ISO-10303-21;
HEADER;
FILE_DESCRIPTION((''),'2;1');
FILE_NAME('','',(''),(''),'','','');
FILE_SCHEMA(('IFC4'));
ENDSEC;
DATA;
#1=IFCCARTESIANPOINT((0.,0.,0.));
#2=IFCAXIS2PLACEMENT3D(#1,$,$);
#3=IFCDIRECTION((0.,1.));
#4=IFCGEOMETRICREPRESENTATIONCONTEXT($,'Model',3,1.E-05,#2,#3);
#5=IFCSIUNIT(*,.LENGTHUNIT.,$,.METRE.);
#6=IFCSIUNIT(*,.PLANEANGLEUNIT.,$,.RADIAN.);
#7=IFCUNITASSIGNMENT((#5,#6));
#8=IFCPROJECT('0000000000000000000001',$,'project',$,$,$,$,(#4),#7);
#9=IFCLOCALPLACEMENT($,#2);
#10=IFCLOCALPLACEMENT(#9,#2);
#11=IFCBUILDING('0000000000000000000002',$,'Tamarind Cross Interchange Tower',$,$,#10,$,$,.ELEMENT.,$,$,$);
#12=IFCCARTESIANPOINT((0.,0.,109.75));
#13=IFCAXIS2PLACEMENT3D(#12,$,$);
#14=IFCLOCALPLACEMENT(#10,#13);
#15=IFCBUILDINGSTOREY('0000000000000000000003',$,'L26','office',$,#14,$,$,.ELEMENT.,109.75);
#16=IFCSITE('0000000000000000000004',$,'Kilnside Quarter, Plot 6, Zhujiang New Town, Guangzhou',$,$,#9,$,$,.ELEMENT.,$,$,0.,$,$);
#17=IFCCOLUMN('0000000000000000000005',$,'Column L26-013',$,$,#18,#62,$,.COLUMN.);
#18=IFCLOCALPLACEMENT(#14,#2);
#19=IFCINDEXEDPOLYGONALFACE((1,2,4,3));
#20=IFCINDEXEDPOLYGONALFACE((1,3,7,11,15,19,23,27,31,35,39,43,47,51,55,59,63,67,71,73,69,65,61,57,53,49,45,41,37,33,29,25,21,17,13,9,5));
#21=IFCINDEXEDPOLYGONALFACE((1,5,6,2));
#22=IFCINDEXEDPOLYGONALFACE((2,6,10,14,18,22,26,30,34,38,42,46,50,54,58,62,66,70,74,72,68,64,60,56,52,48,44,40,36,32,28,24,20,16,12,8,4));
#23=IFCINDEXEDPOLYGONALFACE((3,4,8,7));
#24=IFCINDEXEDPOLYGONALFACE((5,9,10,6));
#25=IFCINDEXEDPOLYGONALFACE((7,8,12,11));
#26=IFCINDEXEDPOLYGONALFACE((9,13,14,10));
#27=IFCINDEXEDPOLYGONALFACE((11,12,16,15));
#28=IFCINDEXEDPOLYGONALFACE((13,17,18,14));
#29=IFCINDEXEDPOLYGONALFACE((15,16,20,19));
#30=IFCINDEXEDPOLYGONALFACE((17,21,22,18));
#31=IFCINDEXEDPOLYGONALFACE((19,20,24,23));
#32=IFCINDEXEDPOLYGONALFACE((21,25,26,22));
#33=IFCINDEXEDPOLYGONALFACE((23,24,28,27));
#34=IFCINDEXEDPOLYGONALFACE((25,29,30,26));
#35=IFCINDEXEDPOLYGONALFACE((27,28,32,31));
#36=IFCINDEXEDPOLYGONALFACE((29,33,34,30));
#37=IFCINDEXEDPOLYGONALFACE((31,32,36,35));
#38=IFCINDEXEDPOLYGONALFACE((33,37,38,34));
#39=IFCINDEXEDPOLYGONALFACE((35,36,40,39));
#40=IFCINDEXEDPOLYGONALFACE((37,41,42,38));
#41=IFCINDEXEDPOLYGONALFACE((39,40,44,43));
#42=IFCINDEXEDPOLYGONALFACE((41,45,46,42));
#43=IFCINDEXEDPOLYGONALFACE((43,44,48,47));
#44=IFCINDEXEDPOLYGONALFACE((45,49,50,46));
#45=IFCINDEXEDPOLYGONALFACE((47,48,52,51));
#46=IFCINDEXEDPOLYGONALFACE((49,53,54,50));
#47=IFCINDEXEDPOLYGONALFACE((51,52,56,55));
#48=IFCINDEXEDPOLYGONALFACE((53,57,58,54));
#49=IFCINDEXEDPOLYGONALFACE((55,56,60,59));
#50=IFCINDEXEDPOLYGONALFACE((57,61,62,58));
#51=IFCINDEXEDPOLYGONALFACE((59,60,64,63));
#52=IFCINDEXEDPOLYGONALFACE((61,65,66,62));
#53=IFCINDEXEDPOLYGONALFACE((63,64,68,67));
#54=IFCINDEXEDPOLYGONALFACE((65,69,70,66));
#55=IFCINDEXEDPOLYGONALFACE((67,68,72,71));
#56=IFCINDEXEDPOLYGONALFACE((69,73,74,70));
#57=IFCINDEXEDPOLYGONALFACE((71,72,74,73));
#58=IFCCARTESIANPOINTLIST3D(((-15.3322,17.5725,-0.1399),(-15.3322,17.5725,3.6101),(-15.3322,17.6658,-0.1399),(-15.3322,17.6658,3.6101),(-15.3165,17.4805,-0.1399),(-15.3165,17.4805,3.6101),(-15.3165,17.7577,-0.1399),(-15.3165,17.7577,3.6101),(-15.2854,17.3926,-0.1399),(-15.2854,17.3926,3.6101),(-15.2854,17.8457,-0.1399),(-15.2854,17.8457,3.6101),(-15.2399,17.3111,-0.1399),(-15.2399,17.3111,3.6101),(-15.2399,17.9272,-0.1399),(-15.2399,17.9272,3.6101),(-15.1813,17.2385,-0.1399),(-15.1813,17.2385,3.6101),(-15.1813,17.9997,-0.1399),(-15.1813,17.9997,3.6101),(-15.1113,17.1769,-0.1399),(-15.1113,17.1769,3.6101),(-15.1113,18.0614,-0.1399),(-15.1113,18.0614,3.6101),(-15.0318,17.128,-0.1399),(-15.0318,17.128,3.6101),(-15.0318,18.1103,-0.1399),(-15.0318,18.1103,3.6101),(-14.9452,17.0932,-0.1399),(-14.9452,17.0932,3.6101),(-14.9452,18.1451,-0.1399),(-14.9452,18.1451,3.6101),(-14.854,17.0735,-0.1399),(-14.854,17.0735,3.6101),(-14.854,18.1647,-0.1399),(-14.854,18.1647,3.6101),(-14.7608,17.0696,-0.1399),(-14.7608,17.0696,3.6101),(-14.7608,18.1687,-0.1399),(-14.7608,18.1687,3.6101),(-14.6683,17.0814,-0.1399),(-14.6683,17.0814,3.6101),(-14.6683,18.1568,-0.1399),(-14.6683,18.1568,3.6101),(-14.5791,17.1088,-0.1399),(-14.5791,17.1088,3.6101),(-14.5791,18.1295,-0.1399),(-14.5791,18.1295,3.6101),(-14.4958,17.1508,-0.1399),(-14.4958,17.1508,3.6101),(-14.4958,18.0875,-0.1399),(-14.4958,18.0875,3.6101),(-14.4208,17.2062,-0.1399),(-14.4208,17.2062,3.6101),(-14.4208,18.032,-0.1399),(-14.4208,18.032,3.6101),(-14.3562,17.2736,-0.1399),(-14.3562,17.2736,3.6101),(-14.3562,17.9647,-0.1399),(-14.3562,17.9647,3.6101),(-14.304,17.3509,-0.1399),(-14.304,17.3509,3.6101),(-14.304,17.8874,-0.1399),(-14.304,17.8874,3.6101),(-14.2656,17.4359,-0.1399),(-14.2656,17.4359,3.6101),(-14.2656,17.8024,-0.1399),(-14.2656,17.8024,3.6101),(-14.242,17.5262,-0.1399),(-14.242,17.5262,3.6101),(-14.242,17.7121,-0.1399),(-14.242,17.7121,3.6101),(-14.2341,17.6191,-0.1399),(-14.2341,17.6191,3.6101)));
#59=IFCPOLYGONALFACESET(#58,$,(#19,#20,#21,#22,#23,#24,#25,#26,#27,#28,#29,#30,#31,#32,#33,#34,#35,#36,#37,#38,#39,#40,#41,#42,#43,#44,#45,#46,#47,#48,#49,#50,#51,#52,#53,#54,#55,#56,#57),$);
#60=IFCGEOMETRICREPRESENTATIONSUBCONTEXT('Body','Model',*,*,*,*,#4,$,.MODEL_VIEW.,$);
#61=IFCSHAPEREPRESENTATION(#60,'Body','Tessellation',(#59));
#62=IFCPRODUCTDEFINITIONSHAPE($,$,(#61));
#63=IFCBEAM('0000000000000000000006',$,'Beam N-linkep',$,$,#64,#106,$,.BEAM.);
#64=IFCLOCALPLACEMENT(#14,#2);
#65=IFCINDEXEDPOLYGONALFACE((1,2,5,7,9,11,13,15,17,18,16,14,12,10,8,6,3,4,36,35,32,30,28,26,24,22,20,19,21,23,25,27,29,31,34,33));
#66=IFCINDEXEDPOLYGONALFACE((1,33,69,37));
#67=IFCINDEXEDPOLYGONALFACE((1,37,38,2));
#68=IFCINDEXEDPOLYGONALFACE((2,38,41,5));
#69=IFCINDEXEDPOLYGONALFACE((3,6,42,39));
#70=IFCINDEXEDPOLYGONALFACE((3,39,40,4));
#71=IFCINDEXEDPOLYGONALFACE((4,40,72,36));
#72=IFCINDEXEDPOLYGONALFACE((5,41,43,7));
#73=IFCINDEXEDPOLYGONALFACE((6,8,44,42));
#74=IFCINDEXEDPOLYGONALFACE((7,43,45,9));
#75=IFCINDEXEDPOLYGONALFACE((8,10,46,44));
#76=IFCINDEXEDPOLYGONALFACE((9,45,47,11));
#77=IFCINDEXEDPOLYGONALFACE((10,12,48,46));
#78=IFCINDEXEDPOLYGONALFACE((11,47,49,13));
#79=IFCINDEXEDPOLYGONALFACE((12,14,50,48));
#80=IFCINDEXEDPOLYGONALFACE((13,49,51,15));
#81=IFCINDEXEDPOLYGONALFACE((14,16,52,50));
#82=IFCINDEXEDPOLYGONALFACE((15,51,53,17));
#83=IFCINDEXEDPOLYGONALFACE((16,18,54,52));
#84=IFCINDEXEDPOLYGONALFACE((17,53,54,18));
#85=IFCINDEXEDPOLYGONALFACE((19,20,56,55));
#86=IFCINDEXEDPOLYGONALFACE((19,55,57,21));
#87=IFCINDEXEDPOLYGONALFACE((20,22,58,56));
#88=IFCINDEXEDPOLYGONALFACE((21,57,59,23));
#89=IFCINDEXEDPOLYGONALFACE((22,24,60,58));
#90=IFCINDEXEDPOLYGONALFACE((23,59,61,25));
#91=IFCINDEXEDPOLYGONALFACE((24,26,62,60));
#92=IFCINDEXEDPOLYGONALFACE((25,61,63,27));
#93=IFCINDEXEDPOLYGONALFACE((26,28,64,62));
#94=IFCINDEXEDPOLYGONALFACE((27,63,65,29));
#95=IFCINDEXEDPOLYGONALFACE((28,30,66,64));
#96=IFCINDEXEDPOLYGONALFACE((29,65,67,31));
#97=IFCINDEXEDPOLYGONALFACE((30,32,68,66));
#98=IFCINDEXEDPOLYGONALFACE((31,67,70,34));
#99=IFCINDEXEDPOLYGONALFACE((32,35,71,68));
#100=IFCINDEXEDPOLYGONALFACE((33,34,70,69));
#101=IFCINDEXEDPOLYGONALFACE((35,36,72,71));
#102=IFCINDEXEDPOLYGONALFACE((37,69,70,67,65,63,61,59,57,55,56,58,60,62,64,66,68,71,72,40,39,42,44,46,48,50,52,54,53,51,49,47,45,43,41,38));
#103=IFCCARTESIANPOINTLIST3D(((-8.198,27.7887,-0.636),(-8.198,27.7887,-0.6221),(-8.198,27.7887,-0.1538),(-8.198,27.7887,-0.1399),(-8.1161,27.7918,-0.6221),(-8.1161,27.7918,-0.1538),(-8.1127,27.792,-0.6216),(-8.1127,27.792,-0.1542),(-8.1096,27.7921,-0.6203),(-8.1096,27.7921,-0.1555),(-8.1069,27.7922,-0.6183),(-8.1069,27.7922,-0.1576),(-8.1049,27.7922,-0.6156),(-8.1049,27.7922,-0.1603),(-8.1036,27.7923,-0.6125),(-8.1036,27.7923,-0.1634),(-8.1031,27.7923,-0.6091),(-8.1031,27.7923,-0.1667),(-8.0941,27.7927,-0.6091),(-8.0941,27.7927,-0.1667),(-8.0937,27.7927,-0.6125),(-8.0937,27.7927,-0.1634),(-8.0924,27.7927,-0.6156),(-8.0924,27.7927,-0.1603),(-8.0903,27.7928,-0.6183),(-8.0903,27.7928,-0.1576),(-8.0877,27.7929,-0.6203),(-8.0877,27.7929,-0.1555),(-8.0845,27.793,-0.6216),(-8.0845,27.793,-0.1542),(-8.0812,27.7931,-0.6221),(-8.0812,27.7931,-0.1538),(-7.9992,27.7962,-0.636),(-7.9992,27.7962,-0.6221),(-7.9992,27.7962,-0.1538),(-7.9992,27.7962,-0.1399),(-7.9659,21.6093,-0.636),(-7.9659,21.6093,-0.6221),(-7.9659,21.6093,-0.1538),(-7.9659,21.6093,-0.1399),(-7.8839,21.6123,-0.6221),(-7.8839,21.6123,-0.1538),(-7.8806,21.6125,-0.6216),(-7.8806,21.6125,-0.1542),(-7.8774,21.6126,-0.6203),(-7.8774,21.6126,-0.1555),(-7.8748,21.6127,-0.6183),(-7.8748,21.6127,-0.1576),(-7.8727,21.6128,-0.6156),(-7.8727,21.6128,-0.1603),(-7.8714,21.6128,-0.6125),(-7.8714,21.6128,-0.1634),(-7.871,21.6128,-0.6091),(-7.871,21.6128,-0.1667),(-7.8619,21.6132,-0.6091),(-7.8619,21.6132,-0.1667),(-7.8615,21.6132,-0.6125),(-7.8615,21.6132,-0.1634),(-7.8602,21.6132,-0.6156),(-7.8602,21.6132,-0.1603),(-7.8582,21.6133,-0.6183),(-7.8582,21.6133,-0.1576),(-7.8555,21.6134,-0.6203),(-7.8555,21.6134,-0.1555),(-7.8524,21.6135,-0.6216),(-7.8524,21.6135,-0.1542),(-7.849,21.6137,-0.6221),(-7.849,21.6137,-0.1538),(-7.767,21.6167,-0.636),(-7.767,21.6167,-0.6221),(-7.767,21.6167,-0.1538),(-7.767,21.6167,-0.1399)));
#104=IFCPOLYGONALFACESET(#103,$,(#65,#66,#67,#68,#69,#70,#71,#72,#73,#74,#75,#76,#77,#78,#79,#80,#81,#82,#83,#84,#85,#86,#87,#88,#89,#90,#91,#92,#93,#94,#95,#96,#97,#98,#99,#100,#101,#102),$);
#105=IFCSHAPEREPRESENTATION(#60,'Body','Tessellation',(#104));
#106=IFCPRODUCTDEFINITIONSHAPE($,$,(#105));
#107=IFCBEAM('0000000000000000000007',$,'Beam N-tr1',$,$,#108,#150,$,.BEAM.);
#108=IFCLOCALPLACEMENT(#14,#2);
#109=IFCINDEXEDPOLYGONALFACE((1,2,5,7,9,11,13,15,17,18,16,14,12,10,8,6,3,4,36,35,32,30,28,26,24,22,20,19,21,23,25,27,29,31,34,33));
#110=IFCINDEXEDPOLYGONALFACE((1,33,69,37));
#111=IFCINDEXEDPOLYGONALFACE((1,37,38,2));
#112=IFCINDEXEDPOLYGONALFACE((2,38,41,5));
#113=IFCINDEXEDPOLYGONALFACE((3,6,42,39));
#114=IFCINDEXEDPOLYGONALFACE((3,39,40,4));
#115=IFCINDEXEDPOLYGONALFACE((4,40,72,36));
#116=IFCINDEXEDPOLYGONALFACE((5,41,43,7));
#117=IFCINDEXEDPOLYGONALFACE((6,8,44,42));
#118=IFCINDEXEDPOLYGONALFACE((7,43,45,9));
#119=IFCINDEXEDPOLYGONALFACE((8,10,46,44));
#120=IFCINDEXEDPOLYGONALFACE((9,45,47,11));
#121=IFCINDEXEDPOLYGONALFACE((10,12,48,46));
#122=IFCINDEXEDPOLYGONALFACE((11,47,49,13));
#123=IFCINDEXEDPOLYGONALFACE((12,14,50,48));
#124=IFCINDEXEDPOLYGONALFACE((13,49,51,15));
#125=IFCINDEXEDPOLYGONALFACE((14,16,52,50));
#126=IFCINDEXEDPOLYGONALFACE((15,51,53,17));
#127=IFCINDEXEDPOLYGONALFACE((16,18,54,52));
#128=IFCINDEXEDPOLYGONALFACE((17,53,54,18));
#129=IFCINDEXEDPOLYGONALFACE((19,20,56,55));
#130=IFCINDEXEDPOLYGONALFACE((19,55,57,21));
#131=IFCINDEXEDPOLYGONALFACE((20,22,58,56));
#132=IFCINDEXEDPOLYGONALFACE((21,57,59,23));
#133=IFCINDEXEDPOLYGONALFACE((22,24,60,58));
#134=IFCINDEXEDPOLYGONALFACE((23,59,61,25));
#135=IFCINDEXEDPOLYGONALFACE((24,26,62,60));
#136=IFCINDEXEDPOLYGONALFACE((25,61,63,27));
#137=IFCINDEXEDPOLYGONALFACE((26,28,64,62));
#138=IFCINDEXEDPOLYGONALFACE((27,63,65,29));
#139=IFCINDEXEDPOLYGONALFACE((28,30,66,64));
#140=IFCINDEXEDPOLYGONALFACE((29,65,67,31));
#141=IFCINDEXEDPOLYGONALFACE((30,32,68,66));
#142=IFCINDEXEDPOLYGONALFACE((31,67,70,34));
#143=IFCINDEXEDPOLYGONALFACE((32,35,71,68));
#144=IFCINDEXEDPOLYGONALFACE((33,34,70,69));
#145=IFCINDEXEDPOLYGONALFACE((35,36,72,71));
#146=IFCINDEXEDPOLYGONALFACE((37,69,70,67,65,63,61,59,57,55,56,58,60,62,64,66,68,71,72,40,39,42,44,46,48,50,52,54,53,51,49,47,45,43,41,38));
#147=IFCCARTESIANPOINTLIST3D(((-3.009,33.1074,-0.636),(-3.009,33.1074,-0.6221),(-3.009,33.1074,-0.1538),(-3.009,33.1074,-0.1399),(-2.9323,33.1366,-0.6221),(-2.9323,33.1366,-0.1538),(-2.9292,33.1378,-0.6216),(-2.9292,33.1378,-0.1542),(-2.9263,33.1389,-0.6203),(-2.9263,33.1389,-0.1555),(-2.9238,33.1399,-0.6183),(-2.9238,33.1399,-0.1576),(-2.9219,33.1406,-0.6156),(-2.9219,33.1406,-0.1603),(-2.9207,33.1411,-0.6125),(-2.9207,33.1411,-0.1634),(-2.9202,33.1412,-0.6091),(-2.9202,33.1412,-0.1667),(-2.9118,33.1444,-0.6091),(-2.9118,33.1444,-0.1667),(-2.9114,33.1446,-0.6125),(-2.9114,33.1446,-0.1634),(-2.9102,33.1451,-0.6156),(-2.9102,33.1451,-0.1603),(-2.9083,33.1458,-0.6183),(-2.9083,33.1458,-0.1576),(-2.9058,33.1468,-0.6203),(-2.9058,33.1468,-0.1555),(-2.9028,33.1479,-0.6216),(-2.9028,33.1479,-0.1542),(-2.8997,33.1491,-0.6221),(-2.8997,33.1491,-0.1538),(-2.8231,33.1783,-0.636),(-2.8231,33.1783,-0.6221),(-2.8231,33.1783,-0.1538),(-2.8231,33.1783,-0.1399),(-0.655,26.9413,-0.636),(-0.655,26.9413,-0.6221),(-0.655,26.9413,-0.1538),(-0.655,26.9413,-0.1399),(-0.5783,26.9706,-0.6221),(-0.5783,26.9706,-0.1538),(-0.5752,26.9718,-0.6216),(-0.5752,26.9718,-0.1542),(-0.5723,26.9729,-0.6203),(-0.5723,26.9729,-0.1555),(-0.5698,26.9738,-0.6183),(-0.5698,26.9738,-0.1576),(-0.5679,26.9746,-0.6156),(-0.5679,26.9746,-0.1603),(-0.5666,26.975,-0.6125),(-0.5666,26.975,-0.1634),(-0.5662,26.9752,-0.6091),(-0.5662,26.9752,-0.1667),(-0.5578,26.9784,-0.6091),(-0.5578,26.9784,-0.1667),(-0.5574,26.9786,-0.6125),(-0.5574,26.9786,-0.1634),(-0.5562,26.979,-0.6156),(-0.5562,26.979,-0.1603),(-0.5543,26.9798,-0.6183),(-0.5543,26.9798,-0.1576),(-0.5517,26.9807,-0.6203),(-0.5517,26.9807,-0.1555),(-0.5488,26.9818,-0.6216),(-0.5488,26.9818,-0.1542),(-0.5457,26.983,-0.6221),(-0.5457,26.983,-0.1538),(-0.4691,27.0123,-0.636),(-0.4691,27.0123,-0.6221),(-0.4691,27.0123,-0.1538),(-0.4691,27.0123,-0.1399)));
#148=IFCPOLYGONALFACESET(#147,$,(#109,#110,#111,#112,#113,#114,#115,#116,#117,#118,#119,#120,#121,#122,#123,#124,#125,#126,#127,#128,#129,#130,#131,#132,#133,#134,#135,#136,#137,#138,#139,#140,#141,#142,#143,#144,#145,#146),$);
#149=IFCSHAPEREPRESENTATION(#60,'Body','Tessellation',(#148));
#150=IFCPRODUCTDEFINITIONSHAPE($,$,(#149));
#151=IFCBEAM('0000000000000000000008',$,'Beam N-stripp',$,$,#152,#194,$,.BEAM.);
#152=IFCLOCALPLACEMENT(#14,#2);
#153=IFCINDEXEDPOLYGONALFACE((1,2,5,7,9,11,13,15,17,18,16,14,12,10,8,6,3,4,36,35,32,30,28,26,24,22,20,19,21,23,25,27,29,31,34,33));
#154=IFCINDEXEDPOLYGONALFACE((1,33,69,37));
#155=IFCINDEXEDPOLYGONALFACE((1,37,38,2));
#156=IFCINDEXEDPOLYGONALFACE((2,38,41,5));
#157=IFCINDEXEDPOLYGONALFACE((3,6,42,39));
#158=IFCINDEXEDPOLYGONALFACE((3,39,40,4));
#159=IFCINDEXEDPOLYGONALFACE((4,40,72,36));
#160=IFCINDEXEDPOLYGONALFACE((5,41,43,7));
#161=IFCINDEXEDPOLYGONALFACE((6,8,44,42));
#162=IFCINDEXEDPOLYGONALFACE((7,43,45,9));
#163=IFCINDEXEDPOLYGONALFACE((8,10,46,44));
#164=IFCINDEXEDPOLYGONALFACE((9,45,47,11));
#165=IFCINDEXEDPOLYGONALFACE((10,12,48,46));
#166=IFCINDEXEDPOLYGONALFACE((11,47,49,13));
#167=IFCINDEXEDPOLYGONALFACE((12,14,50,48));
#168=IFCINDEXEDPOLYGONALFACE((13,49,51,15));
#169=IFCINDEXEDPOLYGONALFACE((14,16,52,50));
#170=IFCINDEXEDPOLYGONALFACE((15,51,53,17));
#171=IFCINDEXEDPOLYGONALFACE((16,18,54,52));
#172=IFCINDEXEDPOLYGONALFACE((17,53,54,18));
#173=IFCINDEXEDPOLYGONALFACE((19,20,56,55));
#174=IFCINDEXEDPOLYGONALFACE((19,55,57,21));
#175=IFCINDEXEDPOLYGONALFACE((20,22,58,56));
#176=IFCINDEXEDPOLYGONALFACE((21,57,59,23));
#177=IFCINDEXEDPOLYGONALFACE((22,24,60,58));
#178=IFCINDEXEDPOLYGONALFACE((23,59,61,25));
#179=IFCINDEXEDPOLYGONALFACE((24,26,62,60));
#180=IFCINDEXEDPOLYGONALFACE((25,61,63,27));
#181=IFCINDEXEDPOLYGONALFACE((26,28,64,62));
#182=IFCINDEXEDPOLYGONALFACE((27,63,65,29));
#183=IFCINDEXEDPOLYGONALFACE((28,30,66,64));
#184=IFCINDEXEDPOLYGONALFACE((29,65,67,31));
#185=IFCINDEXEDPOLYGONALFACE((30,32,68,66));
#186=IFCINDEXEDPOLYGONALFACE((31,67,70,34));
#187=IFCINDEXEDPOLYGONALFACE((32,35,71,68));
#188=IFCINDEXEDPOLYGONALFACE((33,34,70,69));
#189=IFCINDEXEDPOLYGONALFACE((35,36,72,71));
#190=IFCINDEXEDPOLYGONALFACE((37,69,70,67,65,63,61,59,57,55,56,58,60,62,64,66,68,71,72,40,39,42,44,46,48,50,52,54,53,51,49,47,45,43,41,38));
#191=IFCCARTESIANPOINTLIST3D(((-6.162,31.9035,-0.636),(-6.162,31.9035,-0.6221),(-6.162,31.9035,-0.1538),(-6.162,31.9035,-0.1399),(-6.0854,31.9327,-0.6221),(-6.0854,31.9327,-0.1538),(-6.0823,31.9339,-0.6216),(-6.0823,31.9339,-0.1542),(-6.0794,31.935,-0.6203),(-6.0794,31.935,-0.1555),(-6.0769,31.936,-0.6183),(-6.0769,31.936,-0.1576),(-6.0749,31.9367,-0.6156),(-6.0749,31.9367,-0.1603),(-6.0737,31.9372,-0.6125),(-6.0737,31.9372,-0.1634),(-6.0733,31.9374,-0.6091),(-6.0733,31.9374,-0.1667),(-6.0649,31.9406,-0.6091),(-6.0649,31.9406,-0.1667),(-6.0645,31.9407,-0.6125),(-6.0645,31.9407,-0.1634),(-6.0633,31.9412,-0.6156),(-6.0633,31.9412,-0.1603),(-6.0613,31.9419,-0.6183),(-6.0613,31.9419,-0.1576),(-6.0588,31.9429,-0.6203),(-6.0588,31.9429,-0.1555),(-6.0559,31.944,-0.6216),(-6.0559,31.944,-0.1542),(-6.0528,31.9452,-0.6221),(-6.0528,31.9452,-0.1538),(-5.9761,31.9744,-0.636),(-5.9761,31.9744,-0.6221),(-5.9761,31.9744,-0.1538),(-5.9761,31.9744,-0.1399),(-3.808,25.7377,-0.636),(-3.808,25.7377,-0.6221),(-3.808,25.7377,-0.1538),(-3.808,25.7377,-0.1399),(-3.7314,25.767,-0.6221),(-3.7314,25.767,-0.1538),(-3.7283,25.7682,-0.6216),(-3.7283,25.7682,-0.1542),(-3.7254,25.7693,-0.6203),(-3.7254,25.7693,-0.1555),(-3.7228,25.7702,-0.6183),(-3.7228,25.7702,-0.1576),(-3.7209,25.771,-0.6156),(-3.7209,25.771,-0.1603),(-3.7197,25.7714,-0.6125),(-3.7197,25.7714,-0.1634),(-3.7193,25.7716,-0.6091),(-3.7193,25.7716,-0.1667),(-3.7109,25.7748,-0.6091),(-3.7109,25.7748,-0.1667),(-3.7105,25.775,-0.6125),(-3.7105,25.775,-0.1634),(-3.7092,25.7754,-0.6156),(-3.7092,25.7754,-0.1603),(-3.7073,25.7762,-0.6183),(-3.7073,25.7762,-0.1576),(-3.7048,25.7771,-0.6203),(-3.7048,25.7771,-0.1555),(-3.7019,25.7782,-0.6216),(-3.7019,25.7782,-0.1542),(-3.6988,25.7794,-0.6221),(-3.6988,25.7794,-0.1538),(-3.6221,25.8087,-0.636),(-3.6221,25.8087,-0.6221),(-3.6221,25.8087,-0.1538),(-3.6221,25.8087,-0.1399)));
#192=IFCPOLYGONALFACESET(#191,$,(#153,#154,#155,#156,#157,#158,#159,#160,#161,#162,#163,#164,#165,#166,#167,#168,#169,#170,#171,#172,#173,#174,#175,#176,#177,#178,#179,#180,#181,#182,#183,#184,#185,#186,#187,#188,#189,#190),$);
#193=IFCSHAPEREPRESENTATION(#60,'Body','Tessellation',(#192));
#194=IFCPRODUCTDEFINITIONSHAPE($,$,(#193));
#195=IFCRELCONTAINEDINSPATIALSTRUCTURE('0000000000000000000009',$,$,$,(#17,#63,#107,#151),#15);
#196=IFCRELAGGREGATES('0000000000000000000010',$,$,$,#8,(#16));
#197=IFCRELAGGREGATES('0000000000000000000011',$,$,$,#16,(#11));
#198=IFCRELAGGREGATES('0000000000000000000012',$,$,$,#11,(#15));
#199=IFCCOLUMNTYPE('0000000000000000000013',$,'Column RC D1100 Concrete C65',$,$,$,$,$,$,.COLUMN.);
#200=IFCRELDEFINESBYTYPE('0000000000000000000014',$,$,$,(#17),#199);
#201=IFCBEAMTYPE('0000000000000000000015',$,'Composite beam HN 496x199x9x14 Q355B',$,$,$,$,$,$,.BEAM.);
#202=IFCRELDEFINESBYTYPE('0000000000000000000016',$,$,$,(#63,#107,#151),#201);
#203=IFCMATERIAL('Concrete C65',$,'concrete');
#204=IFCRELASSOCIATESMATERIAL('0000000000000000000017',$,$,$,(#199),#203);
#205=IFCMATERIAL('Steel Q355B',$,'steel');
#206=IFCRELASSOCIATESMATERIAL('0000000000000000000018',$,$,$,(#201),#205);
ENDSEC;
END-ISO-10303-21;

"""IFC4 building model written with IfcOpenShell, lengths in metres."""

from ifc_helpers import new_model, si_unit, direction, frame, origin, origin_2d, place, context, subcontext, project, spatial, circle, i_section, extrude, material, material_profile, profile_set, type_object, element, save


model = new_model("IFC4")

# Units and contexts
model_context = context("Model", 3, precision=1e-05, world=origin(), true_north=direction((0.0, 1.0)))
body_context = subcontext(model_context, "Body", "Model", "MODEL_VIEW")
ifc_project = project(units=[si_unit("LENGTHUNIT", "METRE"), si_unit("PLANEANGLEUNIT", "RADIAN")], contexts=[model_context])

# Site, building, storey
site_placement = place(None, origin())
site = spatial("IfcSite", under=ifc_project, at=site_placement, Name="Kilnside Quarter, Plot 6, Zhujiang New Town, Guangzhou", CompositionType="ELEMENT", RefElevation=0.0)
building_placement = place(site_placement, origin())
building = spatial("IfcBuilding", under=site, at=building_placement, Name="Tamarind Cross Interchange Tower", CompositionType="ELEMENT")
storey_placement = place(building_placement, frame((0.0, 0.0, 109.75)))
storey = spatial("IfcBuildingStorey", under=building, at=storey_placement, Name="L26", Description="office", CompositionType="ELEMENT", Elevation=109.75)

# Column
ifc_material_1 = material(Name="Concrete C65", Category="concrete")
ifc_material_profile_1 = material_profile(ifc_material_1, circle(Radius=0.55, at=origin_2d()), Name="RC D1100")
ifc_profile_set_1 = profile_set([ifc_material_profile_1], Name="Concrete C65")
column_type_1 = type_object("IfcColumnType", Name="Column RC D1100 Concrete C65", PredefinedType="COLUMN", material=ifc_profile_set_1)
for number, where, z_axis, x_axis, name in (
    (1, (-14.7842, 17.6191, -0.1399), (0.0, 0.0, 1.0), (1.0, 0.0, 0.0), "Column L26-013"),
):
    element("IfcColumn", number, at=place(storey_placement, frame(where, z_axis=z_axis, x_axis=x_axis)), inside=storey, type_object=column_type_1, Name=name, PredefinedType="COLUMN", context=body_context, shape_type="SweptSolid", body=[
        extrude(circle(Radius=0.55, at=origin_2d()), origin(), (0.0, 0.0, 1.0), 3.75),
    ])

# Beams
ifc_material_2 = material(Name="Steel Q355B", Category="steel")
ifc_material_profile_2 = material_profile(ifc_material_2, i_section(OverallWidth=0.199, OverallDepth=0.4961, WebThickness=0.009, FlangeThickness=0.0139, FilletRadius=0.0129, at=origin_2d()), Name="HN 496x199x9x14")
ifc_profile_set_2 = profile_set([ifc_material_profile_2], Name="Steel Q355B")
beam_type_1 = type_object("IfcBeamType", Name="Composite beam HN 496x199x9x14 Q355B", PredefinedType="BEAM", material=ifc_profile_set_2)
beam_1_placement = place(storey_placement, frame((-8.0986, 27.7925, -0.3879), z_axis=(0.037546, -0.999295, 0.0), x_axis=(0.999295, 0.037546, 0.0)))
element("IfcBeam", 2, at=beam_1_placement, inside=storey, type_object=beam_type_1, Name="Beam N-linkep", PredefinedType="BEAM", context=body_context, shape_type="SweptSolid", body=[
    extrude(i_section(OverallWidth=0.199, OverallDepth=0.4961, WebThickness=0.009, FlangeThickness=0.0139, FilletRadius=0.0129, at=origin_2d()), origin(), (0.0, 0.0, 1.0), 6.1838),
])
beam_2_placement = place(storey_placement, frame((-0.562, 26.9768, -0.3879), z_axis=(-0.356663, 0.934233, 0.0), x_axis=(-0.934233, -0.356663, 0.0)))
element("IfcBeam", 3, at=beam_2_placement, inside=storey, type_object=beam_type_1, Name="Beam N-tr1", PredefinedType="BEAM", context=body_context, shape_type="SweptSolid", body=[
    extrude(i_section(OverallWidth=0.199, OverallDepth=0.4961, WebThickness=0.009, FlangeThickness=0.0139, FilletRadius=0.0129, at=origin_2d()), origin(), (0.0, 0.0, 1.0), 6.6001),
])
beam_3_placement = place(storey_placement, frame((-3.7151, 25.7732, -0.3879), z_axis=(-0.356675, 0.934228, 0.0), x_axis=(-0.934228, -0.356675, 0.0)))
element("IfcBeam", 4, at=beam_3_placement, inside=storey, type_object=beam_type_1, Name="Beam N-stripp", PredefinedType="BEAM", context=body_context, shape_type="SweptSolid", body=[
    extrude(i_section(OverallWidth=0.199, OverallDepth=0.4961, WebThickness=0.009, FlangeThickness=0.0139, FilletRadius=0.0129, at=origin_2d()), origin(), (0.0, 0.0, 1.0), 6.5999),
])

save(model, "model.ifc")
